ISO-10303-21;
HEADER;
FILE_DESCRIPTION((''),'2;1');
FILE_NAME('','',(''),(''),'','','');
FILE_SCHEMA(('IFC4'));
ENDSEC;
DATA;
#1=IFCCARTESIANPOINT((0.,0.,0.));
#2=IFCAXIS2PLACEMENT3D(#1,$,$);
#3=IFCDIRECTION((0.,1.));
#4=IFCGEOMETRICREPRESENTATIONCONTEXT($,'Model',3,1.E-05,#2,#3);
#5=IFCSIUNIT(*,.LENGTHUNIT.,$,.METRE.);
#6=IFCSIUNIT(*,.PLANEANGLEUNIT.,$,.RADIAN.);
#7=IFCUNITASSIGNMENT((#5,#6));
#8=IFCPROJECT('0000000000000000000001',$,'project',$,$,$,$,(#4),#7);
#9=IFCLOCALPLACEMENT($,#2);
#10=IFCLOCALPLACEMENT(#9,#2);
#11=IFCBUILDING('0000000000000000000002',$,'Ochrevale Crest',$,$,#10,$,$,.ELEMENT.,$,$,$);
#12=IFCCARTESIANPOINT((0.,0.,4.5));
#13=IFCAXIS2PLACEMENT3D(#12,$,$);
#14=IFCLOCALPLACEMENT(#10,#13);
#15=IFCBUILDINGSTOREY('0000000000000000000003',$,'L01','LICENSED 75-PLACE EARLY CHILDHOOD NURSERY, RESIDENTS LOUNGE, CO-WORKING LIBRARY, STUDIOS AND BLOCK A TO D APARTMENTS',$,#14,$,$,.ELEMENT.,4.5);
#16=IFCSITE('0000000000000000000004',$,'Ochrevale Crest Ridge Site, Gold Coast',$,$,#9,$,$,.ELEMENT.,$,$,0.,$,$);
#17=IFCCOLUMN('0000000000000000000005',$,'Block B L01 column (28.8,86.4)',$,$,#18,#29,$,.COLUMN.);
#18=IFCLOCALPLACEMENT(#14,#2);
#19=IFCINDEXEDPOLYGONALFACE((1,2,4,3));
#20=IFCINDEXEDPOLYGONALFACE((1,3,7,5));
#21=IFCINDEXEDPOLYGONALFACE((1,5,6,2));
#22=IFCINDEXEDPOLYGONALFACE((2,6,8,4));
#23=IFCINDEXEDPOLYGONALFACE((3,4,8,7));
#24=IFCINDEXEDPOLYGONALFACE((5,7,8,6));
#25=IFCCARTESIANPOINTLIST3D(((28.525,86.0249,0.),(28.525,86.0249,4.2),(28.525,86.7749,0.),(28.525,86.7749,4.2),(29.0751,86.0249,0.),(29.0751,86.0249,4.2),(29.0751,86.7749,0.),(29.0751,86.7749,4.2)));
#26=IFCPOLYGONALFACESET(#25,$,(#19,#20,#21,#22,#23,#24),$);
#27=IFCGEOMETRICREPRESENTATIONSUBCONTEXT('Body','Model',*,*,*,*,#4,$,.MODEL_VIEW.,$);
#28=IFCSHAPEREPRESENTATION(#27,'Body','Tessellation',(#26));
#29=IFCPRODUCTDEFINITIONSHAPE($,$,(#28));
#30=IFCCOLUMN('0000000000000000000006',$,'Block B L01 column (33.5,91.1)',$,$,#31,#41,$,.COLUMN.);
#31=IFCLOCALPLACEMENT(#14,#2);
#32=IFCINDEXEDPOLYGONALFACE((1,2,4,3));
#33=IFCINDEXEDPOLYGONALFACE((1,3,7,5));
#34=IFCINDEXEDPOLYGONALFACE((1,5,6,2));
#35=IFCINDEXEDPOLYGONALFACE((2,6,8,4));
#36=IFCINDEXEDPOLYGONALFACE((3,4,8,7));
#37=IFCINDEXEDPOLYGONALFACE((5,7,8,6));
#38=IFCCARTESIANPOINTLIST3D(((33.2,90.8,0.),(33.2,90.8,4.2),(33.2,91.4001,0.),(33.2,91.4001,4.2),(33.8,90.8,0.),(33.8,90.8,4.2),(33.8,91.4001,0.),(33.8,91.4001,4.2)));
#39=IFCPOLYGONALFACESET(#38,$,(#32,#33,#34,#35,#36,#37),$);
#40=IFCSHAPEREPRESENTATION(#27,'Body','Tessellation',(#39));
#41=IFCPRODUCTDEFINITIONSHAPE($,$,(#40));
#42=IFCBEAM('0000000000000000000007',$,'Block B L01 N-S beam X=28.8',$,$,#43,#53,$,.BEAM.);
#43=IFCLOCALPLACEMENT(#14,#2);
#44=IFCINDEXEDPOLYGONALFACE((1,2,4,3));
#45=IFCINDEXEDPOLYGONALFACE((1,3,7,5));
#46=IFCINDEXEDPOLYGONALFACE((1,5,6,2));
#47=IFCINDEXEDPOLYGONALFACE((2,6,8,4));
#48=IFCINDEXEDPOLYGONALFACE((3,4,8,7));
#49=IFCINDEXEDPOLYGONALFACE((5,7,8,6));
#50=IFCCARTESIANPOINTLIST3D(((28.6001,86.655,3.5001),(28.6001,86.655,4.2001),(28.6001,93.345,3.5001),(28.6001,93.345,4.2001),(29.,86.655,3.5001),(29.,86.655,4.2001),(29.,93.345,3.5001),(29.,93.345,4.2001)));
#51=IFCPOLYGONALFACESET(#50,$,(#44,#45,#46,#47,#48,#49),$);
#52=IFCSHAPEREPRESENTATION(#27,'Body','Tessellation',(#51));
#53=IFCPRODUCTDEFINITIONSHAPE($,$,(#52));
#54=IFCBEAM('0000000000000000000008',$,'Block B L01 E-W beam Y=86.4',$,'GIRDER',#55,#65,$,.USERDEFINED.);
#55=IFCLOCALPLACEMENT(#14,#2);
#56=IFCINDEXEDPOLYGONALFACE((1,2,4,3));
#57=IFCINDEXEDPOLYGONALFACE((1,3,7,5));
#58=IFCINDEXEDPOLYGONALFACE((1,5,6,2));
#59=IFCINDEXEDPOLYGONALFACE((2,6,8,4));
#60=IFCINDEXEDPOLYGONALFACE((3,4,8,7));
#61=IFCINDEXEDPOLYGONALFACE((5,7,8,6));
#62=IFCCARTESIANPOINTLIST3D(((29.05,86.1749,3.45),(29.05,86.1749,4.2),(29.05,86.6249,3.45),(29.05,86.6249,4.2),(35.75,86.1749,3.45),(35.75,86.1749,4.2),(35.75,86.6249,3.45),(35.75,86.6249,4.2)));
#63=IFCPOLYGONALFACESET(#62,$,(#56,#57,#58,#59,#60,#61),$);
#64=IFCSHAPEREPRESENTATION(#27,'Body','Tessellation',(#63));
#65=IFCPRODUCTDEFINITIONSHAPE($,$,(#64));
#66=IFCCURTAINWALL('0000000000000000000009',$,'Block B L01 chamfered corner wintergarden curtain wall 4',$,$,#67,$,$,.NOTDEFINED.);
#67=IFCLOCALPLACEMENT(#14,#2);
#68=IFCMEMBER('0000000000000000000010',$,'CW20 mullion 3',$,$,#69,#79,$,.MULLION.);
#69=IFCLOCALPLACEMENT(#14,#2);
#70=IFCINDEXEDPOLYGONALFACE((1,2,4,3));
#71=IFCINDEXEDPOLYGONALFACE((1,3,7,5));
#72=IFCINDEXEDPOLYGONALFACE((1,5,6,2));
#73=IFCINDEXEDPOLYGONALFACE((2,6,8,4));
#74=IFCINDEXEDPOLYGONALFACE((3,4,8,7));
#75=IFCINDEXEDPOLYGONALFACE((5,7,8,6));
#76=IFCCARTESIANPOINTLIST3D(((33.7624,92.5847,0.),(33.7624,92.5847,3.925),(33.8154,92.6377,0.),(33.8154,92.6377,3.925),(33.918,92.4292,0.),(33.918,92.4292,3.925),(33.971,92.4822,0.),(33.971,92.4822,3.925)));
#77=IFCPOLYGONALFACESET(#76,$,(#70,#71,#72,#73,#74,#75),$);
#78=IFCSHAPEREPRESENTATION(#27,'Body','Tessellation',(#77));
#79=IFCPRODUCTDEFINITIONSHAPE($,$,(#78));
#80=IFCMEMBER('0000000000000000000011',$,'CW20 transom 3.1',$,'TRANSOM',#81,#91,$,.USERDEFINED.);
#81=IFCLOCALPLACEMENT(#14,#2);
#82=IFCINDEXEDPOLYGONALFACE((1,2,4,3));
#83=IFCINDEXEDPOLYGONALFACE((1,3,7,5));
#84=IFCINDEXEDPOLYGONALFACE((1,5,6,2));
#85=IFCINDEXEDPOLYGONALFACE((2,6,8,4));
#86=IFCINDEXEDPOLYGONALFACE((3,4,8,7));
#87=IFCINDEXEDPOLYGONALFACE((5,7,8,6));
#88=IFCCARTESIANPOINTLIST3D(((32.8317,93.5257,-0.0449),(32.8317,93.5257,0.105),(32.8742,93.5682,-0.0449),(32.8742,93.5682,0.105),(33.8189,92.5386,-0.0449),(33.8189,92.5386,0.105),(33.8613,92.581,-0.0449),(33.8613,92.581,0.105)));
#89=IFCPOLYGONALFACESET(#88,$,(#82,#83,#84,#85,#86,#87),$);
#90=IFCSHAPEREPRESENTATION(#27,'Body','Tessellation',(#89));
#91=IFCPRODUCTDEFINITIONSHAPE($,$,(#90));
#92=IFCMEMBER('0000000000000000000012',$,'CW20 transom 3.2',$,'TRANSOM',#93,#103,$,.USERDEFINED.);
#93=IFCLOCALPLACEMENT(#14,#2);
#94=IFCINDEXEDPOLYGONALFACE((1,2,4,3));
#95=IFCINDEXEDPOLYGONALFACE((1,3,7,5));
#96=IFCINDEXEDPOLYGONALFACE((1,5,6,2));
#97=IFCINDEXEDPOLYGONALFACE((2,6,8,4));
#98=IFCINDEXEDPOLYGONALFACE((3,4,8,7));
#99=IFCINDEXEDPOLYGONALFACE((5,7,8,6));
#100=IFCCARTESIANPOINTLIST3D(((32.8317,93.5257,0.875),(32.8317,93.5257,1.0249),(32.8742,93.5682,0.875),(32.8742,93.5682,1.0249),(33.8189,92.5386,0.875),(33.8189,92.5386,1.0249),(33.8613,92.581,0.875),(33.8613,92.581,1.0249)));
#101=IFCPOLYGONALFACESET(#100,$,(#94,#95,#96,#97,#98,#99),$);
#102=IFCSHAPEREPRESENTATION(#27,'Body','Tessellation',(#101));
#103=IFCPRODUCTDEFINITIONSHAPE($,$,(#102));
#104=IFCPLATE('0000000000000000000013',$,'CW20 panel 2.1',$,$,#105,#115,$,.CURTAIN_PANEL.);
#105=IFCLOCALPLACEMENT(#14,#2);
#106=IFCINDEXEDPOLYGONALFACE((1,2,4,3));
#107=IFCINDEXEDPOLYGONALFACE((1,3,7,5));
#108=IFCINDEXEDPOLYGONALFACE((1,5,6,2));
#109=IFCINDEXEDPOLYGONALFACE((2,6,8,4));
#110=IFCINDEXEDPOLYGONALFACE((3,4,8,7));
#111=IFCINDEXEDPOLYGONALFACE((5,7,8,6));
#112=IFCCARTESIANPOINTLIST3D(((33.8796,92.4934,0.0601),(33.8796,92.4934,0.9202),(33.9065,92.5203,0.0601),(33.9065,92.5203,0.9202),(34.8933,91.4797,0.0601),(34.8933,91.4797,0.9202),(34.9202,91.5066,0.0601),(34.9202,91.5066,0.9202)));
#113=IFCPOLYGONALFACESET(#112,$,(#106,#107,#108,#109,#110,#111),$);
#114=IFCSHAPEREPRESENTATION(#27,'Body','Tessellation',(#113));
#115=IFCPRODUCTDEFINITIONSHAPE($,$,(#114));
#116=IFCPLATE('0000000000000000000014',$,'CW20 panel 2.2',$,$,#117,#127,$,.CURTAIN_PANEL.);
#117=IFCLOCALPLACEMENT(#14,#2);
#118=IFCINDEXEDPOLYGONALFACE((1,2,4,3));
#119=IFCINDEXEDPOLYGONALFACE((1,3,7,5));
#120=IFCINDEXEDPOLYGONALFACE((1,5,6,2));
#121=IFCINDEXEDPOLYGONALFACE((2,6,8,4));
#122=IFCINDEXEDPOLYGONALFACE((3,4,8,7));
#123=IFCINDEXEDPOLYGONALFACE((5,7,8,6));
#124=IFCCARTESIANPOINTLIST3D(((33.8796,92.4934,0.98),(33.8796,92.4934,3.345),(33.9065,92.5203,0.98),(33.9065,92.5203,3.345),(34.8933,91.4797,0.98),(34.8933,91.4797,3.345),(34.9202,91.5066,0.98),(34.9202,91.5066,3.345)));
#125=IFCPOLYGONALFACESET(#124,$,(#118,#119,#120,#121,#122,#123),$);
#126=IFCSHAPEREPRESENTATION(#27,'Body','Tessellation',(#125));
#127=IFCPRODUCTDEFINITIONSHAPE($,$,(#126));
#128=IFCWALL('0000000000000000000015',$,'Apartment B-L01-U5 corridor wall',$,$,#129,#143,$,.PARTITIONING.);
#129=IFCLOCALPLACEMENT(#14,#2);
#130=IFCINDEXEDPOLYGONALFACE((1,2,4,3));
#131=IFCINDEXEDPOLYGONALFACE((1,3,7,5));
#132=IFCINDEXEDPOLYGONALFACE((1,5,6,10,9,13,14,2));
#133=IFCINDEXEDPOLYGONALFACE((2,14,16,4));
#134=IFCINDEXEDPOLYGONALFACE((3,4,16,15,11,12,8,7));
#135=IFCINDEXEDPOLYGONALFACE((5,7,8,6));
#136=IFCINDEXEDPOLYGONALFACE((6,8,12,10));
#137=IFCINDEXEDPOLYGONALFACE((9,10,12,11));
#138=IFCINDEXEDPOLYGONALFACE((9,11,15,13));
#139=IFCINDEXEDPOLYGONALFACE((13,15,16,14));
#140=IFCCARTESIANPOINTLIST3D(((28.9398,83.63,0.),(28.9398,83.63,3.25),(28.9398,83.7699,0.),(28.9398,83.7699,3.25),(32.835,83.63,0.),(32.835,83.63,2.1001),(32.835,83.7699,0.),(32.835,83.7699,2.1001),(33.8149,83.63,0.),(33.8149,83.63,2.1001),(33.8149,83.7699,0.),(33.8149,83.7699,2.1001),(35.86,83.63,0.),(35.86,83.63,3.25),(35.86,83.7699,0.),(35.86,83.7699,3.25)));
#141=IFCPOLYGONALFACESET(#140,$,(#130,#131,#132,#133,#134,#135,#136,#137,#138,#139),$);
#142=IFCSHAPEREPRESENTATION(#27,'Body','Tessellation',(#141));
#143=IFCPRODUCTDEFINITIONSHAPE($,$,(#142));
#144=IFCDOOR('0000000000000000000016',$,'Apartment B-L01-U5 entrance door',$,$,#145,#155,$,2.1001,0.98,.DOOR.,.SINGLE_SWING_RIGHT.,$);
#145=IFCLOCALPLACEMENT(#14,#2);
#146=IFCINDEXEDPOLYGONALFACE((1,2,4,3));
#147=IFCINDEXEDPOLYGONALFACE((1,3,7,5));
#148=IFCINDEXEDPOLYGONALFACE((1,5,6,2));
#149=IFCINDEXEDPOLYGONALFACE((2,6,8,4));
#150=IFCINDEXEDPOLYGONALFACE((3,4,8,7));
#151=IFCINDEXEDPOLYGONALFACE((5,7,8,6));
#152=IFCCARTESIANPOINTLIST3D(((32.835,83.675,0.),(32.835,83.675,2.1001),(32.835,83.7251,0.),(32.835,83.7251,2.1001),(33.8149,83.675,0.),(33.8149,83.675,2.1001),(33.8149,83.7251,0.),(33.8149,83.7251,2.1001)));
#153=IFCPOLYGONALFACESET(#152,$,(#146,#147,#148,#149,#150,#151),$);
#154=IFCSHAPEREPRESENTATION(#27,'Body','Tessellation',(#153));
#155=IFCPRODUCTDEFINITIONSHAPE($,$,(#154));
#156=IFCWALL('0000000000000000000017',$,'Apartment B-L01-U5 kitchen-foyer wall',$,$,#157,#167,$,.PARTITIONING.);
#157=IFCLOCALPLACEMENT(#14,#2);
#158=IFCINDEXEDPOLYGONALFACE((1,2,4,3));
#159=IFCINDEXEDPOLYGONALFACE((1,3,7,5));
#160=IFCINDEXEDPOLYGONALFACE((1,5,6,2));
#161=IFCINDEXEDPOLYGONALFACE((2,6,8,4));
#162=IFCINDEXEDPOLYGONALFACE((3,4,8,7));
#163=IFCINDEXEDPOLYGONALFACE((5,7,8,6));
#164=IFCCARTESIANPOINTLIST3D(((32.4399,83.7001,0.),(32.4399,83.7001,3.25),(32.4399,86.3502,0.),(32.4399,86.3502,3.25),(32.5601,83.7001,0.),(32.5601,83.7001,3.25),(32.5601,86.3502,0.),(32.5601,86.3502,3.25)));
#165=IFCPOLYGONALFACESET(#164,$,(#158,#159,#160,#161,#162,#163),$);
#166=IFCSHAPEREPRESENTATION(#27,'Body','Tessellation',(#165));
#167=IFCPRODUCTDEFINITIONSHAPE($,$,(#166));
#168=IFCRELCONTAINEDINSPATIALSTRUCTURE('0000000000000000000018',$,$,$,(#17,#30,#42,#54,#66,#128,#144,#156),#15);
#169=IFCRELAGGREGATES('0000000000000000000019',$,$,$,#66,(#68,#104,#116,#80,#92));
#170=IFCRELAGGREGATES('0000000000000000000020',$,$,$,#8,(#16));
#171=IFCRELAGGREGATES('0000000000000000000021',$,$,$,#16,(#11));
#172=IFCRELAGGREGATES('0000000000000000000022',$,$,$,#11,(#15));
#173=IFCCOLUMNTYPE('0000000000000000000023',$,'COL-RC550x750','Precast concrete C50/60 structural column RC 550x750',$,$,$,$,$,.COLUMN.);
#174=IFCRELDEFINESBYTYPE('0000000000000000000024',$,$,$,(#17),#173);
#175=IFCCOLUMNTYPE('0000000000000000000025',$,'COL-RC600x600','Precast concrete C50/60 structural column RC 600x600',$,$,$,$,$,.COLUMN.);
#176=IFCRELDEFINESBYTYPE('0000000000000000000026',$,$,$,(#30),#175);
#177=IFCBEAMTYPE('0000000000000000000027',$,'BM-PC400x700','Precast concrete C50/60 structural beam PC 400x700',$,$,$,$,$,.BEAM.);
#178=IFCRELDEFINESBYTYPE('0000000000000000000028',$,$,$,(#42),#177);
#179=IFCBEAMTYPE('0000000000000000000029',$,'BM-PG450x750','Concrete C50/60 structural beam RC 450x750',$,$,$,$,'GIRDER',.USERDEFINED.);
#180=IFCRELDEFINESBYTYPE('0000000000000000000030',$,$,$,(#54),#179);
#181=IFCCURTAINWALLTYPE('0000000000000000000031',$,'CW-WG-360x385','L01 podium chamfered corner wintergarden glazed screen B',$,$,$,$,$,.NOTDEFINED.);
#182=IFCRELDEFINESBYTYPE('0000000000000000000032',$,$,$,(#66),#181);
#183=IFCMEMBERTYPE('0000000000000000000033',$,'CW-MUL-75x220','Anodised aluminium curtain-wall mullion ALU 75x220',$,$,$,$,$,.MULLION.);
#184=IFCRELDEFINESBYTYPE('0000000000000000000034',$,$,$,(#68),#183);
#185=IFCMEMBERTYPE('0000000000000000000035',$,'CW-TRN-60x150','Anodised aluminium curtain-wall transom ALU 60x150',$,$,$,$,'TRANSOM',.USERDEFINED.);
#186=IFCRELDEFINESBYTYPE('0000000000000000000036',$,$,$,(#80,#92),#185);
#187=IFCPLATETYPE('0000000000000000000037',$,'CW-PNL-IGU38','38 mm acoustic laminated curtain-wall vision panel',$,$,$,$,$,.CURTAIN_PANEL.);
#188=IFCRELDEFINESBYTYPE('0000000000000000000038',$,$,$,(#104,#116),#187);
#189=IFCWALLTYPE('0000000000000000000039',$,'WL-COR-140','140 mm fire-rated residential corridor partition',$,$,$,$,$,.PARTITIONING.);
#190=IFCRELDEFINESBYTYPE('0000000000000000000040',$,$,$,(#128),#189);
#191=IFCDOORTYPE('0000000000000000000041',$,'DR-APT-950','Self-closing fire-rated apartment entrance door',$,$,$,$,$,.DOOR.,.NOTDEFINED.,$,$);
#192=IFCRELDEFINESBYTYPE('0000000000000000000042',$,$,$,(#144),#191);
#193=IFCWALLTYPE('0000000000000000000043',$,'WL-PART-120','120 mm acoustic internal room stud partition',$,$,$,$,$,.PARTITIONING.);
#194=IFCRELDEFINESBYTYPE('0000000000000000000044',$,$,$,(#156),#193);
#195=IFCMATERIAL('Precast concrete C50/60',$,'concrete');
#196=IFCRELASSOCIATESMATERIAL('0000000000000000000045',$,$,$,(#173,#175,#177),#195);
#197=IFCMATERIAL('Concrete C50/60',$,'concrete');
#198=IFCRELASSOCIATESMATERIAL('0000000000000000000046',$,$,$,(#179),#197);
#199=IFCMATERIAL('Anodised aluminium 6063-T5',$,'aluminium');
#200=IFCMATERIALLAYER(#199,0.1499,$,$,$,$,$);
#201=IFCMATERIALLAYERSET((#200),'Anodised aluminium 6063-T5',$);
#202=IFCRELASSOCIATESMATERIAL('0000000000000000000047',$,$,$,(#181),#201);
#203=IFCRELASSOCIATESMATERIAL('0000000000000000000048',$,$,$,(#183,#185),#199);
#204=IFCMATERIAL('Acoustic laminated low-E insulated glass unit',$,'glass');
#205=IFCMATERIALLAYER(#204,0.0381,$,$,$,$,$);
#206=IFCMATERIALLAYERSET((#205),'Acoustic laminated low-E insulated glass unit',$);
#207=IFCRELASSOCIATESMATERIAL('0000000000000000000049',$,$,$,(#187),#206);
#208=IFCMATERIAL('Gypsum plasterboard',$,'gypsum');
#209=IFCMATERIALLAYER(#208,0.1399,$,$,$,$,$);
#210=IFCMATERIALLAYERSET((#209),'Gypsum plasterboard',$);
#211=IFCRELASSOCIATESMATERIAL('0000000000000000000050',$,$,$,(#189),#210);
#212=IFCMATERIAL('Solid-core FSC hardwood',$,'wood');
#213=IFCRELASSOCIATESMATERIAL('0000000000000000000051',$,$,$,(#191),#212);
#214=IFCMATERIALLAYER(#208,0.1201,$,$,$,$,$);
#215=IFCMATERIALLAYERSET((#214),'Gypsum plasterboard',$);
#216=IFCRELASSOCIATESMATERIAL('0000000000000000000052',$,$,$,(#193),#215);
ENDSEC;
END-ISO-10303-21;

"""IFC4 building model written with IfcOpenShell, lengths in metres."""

from ifc_helpers import new_model, si_unit, direction, frame, frame_2d, origin, origin_2d, place, context, subcontext, project, spatial, rectangle, extrude, material, layer, layer_set, material_profile, profile_set, type_object, element, fill, aggregate, save


model = new_model("IFC4")

# Units and contexts
model_context = context("Model", 3, precision=1e-05, world=origin(), true_north=direction((0.0, 1.0)))
body_context = subcontext(model_context, "Body", "Model", "MODEL_VIEW")
ifc_project = project(units=[si_unit("LENGTHUNIT", "METRE"), si_unit("PLANEANGLEUNIT", "RADIAN")], contexts=[model_context])

# Site, building, storey
site_placement = place(None, origin())
site = spatial("IfcSite", under=ifc_project, at=site_placement, Name="Ochrevale Crest Ridge Site, Gold Coast", CompositionType="ELEMENT", RefElevation=0.0)
building_placement = place(site_placement, origin())
building = spatial("IfcBuilding", under=site, at=building_placement, Name="Ochrevale Crest", CompositionType="ELEMENT")
storey_placement = place(building_placement, frame((0.0, 0.0, 4.5)))
storey = spatial("IfcBuildingStorey", under=building, at=storey_placement, Name="L01", Description="LICENSED 75-PLACE EARLY CHILDHOOD NURSERY, RESIDENTS LOUNGE, CO-WORKING LIBRARY, STUDIOS AND BLOCK A TO D APARTMENTS", CompositionType="ELEMENT", Elevation=4.5)

# Columns
ifc_material_1 = material(Name="Precast concrete C50/60", Category="concrete")
ifc_material_profile_1 = material_profile(ifc_material_1, rectangle(XDim=0.55, YDim=0.75, at=origin_2d()), Name="RC 550x750")
ifc_profile_set_1 = profile_set([ifc_material_profile_1], Name="Precast concrete C50/60")
column_type_1 = type_object("IfcColumnType", Name="COL-RC550x750", Description="Precast concrete C50/60 structural column RC 550x750", PredefinedType="COLUMN", material=ifc_profile_set_1)
column_1_placement = place(storey_placement, frame((28.8, 86.3999, 0.0), z_axis=(0.0, 0.0, 1.0), x_axis=(1.0, 0.0, 0.0)))
element("IfcColumn", 1, at=column_1_placement, inside=storey, type_object=column_type_1, Name="Block B L01 column (28.8,86.4)", PredefinedType="COLUMN", context=body_context, shape_type="SweptSolid", body=[
    extrude(rectangle(XDim=0.55, YDim=0.75, at=origin_2d()), origin(), (0.0, 0.0, 1.0), 4.2),
])
ifc_material_profile_2 = material_profile(ifc_material_1, rectangle(XDim=0.6001, YDim=0.6001, at=origin_2d()), Name="RC 600x600")
ifc_profile_set_2 = profile_set([ifc_material_profile_2], Name="Precast concrete C50/60")
column_type_2 = type_object("IfcColumnType", Name="COL-RC600x600", Description="Precast concrete C50/60 structural column RC 600x600", PredefinedType="COLUMN", material=ifc_profile_set_2)
column_2_placement = place(storey_placement, frame((33.5, 91.1001, 0.0), z_axis=(0.0, 0.0, 1.0), x_axis=(1.0, 0.0, 0.0)))
element("IfcColumn", 2, at=column_2_placement, inside=storey, type_object=column_type_2, Name="Block B L01 column (33.5,91.1)", PredefinedType="COLUMN", context=body_context, shape_type="SweptSolid", body=[
    extrude(rectangle(XDim=0.6001, YDim=0.6001, at=origin_2d()), origin(), (0.0, 0.0, 1.0), 4.2),
])

# Beams
ifc_material_profile_3 = material_profile(ifc_material_1, rectangle(XDim=0.3999, YDim=0.7, at=origin_2d()), Name="PC 400x700")
ifc_profile_set_3 = profile_set([ifc_material_profile_3], Name="Precast concrete C50/60")
beam_type_1 = type_object("IfcBeamType", Name="BM-PC400x700", Description="Precast concrete C50/60 structural beam PC 400x700", PredefinedType="BEAM", material=ifc_profile_set_3)
beam_1_placement = place(storey_placement, frame((28.8, 86.655, 3.8501), z_axis=(0.0, 1.0, 0.0), x_axis=(-1.0, 0.0, 0.0)))
element("IfcBeam", 3, at=beam_1_placement, inside=storey, type_object=beam_type_1, Name="Block B L01 N-S beam X=28.8", PredefinedType="BEAM", context=body_context, shape_type="SweptSolid", body=[
    extrude(rectangle(XDim=0.3999, YDim=0.7, at=origin_2d()), origin(), (0.0, 0.0, 1.0), 6.6899),
])
ifc_material_2 = material(Name="Concrete C50/60", Category="concrete")
ifc_material_profile_4 = material_profile(ifc_material_2, rectangle(XDim=0.45, YDim=0.75, at=origin_2d()), Name="RC 450x750")
ifc_profile_set_4 = profile_set([ifc_material_profile_4], Name="Concrete C50/60")
beam_type_2 = type_object("IfcBeamType", Name="BM-PG450x750", Description="Concrete C50/60 structural beam RC 450x750", ElementType="GIRDER", PredefinedType="USERDEFINED", material=ifc_profile_set_4)
beam_2_placement = place(storey_placement, frame((29.05, 86.3999, 3.825), z_axis=(1.0, 0.0, 0.0), x_axis=(0.0, 1.0, 0.0)))
element("IfcBeam", 4, at=beam_2_placement, inside=storey, type_object=beam_type_2, Name="Block B L01 E-W beam Y=86.4", ObjectType="GIRDER", PredefinedType="USERDEFINED", context=body_context, shape_type="SweptSolid", body=[
    extrude(rectangle(XDim=0.45, YDim=0.75, at=origin_2d()), origin(), (0.0, 0.0, 1.0), 6.7),
])

# Curtain wall, members, plates
ifc_material_3 = material(Name="Anodised aluminium 6063-T5", Category="aluminium")
ifc_layer_1 = layer(ifc_material_3, 0.1499)
ifc_layer_set_1 = layer_set([ifc_layer_1], Name="Anodised aluminium 6063-T5")
curtain_wall_type = type_object("IfcCurtainWallType", Name="CW-WG-360x385", Description="L01 podium chamfered corner wintergarden glazed screen B", PredefinedType="NOTDEFINED", material=ifc_layer_set_1)
curtain_wall_placement = place(storey_placement, origin())
curtain_wall = element("IfcCurtainWall", 5, at=curtain_wall_placement, inside=storey, type_object=curtain_wall_type, Name="Block B L01 chamfered corner wintergarden curtain wall 4", PredefinedType="NOTDEFINED")
ifc_material_profile_5 = material_profile(ifc_material_3, rectangle(XDim=0.075, YDim=0.22, at=origin_2d()), Name="ALU 75x220")
ifc_profile_set_5 = profile_set([ifc_material_profile_5], Name="Anodised aluminium 6063-T5")
member_type_1 = type_object("IfcMemberType", Name="CW-MUL-75x220", Description="Anodised aluminium curtain-wall mullion ALU 75x220", PredefinedType="MULLION", material=ifc_profile_set_5)
member_1_placement = place(storey_placement, frame((33.8667, 92.5334, 0.0), z_axis=(0.0, 0.0, 1.0), x_axis=(-0.707107, -0.707107, 0.0)))
member_1 = element("IfcMember", 6, at=member_1_placement, type_object=member_type_1, Name="CW20 mullion 3", PredefinedType="MULLION", context=body_context, shape_type="SweptSolid", body=[
    extrude(rectangle(XDim=0.075, YDim=0.22, at=origin_2d()), origin(), (0.0, 0.0, 1.0), 3.925),
])
ifc_material_profile_6 = material_profile(ifc_material_3, rectangle(XDim=0.0601, YDim=0.1499, at=origin_2d()), Name="ALU 60x150")
ifc_profile_set_6 = profile_set([ifc_material_profile_6], Name="Anodised aluminium 6063-T5")
member_type_2 = type_object("IfcMemberType", Name="CW-TRN-60x150", Description="Anodised aluminium curtain-wall transom ALU 60x150", ElementType="TRANSOM", PredefinedType="USERDEFINED", material=ifc_profile_set_6)
member_2_placement = place(storey_placement, frame((33.8401, 92.5598, 0.03), z_axis=(-0.707107, 0.707107, 0.0), x_axis=(-0.707107, -0.707107, 0.0)))
member_2 = element("IfcMember", 7, at=member_2_placement, type_object=member_type_2, Name="CW20 transom 3.1", ObjectType="TRANSOM", PredefinedType="USERDEFINED", context=body_context, shape_type="SweptSolid", body=[
    extrude(rectangle(XDim=0.0601, YDim=0.1499, at=origin_2d()), origin(), (0.0, 0.0, 1.0), 1.396),
])
member_3_placement = place(storey_placement, frame((33.8401, 92.5598, 0.95), z_axis=(-0.707107, 0.707107, 0.0), x_axis=(-0.707107, -0.707107, 0.0)))
member_3 = element("IfcMember", 8, at=member_3_placement, type_object=member_type_2, Name="CW20 transom 3.2", ObjectType="TRANSOM", PredefinedType="USERDEFINED", context=body_context, shape_type="SweptSolid", body=[
    extrude(rectangle(XDim=0.0601, YDim=0.1499, at=origin_2d()), origin(), (0.0, 0.0, 1.0), 1.396),
])
ifc_material_4 = material(Name="Acoustic laminated low-E insulated glass unit", Category="glass")
ifc_layer_2 = layer(ifc_material_4, 0.0381)
ifc_layer_set_2 = layer_set([ifc_layer_2], Name="Acoustic laminated low-E insulated glass unit")
plate_type = type_object("IfcPlateType", Name="CW-PNL-IGU38", Description="38 mm acoustic laminated curtain-wall vision panel", PredefinedType="CURTAIN_PANEL", material=ifc_layer_set_2)
plate_1_placement = place(storey_placement, frame((34.3999, 92.0, 0.0601), z_axis=(0.0, 0.0, 1.0), x_axis=(-0.707107, 0.707107, 0.0)))
plate_1 = element("IfcPlate", 9, at=plate_1_placement, type_object=plate_type, Name="CW20 panel 2.1", PredefinedType="CURTAIN_PANEL", context=body_context, shape_type="SweptSolid", body=[
    extrude(rectangle(XDim=1.4336, YDim=0.0381, at=origin_2d()), origin(), (0.0, 0.0, 1.0), 0.8601),
])
plate_2_placement = place(storey_placement, frame((34.3999, 92.0, 0.98), z_axis=(0.0, 0.0, 1.0), x_axis=(-0.707107, 0.707107, 0.0)))
plate_2 = element("IfcPlate", 10, at=plate_2_placement, type_object=plate_type, Name="CW20 panel 2.2", PredefinedType="CURTAIN_PANEL", context=body_context, shape_type="SweptSolid", body=[
    extrude(rectangle(XDim=1.4336, YDim=0.0381, at=origin_2d()), origin(), (0.0, 0.0, 1.0), 2.365),
])
aggregate(curtain_wall, [member_1, plate_1, plate_2, member_2, member_3])

# Wall, opening, door
ifc_material_5 = material(Name="Gypsum plasterboard", Category="gypsum")
ifc_layer_3 = layer(ifc_material_5, 0.1399)
ifc_layer_set_3 = layer_set([ifc_layer_3], Name="Gypsum plasterboard")
wall_type_1 = type_object("IfcWallType", Name="WL-COR-140", Description="140 mm fire-rated residential corridor partition", PredefinedType="PARTITIONING", material=ifc_layer_set_3)
wall_1_placement = place(storey_placement, frame((28.9399, 83.7, 0.0), z_axis=(0.0, 0.0, 1.0), x_axis=(1.0, 0.0, 0.0)))
wall_1 = element("IfcWall", 11, at=wall_1_placement, inside=storey, type_object=wall_type_1, Name="Apartment B-L01-U5 corridor wall", PredefinedType="PARTITIONING", context=body_context, shape_type="SweptSolid", body=[
    extrude(rectangle(XDim=6.9202, YDim=0.1399, at=frame_2d((3.46, 0.0))), origin(), (0.0, 0.0, 1.0), 3.25),
])
opening_1_placement = place(wall_1_placement, frame((4.875, 0.0, 0.0), z_axis=(0.0, 0.0, 1.0), x_axis=(-1.0, 0.0, 0.0)))
opening_1 = element("IfcOpeningElement", 12, at=opening_1_placement, cuts=wall_1, PredefinedType="OPENING", context=body_context, shape_type="SweptSolid", body=[
    extrude(rectangle(XDim=0.98, YDim=2.1001, at=frame_2d((0.49, 1.05))), frame((0.0, 0.0801, 0.0), z_axis=(0.0, -1.0, 0.0), x_axis=(1.0, 0.0, 0.0)), (0.0, 0.0, 1.0), 0.1599),
])
ifc_material_6 = material(Name="Solid-core FSC hardwood", Category="wood")
door_type_1 = type_object("IfcDoorType", Name="DR-APT-950", Description="Self-closing fire-rated apartment entrance door", OperationType="NOTDEFINED", PredefinedType="DOOR", material=ifc_material_6)
door_1_placement = place(opening_1_placement, origin())
door_1 = element("IfcDoor", 13, at=door_1_placement, inside=storey, type_object=door_type_1, Name="Apartment B-L01-U5 entrance door", OperationType="SINGLE_SWING_RIGHT", OverallHeight=2.1001, OverallWidth=0.98, PredefinedType="DOOR", context=body_context, shape_type="SweptSolid", body=[
    extrude(rectangle(XDim=0.98, YDim=2.1001, at=frame_2d((0.49, 1.05))), frame((0.0, 0.0249, 0.0), z_axis=(0.0, -1.0, 0.0), x_axis=(1.0, 0.0, 0.0)), (0.0, 0.0, 1.0), 0.05),
])
fill(opening_1, door_1)

# Wall
ifc_layer_4 = layer(ifc_material_5, 0.1201)
ifc_layer_set_4 = layer_set([ifc_layer_4], Name="Gypsum plasterboard")
wall_type_2 = type_object("IfcWallType", Name="WL-PART-120", Description="120 mm acoustic internal room stud partition", PredefinedType="PARTITIONING", material=ifc_layer_set_4)
wall_2_placement = place(storey_placement, frame((32.5, 83.7, 0.0), z_axis=(0.0, 0.0, 1.0), x_axis=(0.0, 1.0, 0.0)))
element("IfcWall", 14, at=wall_2_placement, inside=storey, type_object=wall_type_2, Name="Apartment B-L01-U5 kitchen-foyer wall", PredefinedType="PARTITIONING", context=body_context, shape_type="SweptSolid", body=[
    extrude(rectangle(XDim=2.6501, YDim=0.1201, at=frame_2d((1.3252, 0.0))), origin(), (0.0, 0.0, 1.0), 3.25),
])

save(model, "model.ifc")
